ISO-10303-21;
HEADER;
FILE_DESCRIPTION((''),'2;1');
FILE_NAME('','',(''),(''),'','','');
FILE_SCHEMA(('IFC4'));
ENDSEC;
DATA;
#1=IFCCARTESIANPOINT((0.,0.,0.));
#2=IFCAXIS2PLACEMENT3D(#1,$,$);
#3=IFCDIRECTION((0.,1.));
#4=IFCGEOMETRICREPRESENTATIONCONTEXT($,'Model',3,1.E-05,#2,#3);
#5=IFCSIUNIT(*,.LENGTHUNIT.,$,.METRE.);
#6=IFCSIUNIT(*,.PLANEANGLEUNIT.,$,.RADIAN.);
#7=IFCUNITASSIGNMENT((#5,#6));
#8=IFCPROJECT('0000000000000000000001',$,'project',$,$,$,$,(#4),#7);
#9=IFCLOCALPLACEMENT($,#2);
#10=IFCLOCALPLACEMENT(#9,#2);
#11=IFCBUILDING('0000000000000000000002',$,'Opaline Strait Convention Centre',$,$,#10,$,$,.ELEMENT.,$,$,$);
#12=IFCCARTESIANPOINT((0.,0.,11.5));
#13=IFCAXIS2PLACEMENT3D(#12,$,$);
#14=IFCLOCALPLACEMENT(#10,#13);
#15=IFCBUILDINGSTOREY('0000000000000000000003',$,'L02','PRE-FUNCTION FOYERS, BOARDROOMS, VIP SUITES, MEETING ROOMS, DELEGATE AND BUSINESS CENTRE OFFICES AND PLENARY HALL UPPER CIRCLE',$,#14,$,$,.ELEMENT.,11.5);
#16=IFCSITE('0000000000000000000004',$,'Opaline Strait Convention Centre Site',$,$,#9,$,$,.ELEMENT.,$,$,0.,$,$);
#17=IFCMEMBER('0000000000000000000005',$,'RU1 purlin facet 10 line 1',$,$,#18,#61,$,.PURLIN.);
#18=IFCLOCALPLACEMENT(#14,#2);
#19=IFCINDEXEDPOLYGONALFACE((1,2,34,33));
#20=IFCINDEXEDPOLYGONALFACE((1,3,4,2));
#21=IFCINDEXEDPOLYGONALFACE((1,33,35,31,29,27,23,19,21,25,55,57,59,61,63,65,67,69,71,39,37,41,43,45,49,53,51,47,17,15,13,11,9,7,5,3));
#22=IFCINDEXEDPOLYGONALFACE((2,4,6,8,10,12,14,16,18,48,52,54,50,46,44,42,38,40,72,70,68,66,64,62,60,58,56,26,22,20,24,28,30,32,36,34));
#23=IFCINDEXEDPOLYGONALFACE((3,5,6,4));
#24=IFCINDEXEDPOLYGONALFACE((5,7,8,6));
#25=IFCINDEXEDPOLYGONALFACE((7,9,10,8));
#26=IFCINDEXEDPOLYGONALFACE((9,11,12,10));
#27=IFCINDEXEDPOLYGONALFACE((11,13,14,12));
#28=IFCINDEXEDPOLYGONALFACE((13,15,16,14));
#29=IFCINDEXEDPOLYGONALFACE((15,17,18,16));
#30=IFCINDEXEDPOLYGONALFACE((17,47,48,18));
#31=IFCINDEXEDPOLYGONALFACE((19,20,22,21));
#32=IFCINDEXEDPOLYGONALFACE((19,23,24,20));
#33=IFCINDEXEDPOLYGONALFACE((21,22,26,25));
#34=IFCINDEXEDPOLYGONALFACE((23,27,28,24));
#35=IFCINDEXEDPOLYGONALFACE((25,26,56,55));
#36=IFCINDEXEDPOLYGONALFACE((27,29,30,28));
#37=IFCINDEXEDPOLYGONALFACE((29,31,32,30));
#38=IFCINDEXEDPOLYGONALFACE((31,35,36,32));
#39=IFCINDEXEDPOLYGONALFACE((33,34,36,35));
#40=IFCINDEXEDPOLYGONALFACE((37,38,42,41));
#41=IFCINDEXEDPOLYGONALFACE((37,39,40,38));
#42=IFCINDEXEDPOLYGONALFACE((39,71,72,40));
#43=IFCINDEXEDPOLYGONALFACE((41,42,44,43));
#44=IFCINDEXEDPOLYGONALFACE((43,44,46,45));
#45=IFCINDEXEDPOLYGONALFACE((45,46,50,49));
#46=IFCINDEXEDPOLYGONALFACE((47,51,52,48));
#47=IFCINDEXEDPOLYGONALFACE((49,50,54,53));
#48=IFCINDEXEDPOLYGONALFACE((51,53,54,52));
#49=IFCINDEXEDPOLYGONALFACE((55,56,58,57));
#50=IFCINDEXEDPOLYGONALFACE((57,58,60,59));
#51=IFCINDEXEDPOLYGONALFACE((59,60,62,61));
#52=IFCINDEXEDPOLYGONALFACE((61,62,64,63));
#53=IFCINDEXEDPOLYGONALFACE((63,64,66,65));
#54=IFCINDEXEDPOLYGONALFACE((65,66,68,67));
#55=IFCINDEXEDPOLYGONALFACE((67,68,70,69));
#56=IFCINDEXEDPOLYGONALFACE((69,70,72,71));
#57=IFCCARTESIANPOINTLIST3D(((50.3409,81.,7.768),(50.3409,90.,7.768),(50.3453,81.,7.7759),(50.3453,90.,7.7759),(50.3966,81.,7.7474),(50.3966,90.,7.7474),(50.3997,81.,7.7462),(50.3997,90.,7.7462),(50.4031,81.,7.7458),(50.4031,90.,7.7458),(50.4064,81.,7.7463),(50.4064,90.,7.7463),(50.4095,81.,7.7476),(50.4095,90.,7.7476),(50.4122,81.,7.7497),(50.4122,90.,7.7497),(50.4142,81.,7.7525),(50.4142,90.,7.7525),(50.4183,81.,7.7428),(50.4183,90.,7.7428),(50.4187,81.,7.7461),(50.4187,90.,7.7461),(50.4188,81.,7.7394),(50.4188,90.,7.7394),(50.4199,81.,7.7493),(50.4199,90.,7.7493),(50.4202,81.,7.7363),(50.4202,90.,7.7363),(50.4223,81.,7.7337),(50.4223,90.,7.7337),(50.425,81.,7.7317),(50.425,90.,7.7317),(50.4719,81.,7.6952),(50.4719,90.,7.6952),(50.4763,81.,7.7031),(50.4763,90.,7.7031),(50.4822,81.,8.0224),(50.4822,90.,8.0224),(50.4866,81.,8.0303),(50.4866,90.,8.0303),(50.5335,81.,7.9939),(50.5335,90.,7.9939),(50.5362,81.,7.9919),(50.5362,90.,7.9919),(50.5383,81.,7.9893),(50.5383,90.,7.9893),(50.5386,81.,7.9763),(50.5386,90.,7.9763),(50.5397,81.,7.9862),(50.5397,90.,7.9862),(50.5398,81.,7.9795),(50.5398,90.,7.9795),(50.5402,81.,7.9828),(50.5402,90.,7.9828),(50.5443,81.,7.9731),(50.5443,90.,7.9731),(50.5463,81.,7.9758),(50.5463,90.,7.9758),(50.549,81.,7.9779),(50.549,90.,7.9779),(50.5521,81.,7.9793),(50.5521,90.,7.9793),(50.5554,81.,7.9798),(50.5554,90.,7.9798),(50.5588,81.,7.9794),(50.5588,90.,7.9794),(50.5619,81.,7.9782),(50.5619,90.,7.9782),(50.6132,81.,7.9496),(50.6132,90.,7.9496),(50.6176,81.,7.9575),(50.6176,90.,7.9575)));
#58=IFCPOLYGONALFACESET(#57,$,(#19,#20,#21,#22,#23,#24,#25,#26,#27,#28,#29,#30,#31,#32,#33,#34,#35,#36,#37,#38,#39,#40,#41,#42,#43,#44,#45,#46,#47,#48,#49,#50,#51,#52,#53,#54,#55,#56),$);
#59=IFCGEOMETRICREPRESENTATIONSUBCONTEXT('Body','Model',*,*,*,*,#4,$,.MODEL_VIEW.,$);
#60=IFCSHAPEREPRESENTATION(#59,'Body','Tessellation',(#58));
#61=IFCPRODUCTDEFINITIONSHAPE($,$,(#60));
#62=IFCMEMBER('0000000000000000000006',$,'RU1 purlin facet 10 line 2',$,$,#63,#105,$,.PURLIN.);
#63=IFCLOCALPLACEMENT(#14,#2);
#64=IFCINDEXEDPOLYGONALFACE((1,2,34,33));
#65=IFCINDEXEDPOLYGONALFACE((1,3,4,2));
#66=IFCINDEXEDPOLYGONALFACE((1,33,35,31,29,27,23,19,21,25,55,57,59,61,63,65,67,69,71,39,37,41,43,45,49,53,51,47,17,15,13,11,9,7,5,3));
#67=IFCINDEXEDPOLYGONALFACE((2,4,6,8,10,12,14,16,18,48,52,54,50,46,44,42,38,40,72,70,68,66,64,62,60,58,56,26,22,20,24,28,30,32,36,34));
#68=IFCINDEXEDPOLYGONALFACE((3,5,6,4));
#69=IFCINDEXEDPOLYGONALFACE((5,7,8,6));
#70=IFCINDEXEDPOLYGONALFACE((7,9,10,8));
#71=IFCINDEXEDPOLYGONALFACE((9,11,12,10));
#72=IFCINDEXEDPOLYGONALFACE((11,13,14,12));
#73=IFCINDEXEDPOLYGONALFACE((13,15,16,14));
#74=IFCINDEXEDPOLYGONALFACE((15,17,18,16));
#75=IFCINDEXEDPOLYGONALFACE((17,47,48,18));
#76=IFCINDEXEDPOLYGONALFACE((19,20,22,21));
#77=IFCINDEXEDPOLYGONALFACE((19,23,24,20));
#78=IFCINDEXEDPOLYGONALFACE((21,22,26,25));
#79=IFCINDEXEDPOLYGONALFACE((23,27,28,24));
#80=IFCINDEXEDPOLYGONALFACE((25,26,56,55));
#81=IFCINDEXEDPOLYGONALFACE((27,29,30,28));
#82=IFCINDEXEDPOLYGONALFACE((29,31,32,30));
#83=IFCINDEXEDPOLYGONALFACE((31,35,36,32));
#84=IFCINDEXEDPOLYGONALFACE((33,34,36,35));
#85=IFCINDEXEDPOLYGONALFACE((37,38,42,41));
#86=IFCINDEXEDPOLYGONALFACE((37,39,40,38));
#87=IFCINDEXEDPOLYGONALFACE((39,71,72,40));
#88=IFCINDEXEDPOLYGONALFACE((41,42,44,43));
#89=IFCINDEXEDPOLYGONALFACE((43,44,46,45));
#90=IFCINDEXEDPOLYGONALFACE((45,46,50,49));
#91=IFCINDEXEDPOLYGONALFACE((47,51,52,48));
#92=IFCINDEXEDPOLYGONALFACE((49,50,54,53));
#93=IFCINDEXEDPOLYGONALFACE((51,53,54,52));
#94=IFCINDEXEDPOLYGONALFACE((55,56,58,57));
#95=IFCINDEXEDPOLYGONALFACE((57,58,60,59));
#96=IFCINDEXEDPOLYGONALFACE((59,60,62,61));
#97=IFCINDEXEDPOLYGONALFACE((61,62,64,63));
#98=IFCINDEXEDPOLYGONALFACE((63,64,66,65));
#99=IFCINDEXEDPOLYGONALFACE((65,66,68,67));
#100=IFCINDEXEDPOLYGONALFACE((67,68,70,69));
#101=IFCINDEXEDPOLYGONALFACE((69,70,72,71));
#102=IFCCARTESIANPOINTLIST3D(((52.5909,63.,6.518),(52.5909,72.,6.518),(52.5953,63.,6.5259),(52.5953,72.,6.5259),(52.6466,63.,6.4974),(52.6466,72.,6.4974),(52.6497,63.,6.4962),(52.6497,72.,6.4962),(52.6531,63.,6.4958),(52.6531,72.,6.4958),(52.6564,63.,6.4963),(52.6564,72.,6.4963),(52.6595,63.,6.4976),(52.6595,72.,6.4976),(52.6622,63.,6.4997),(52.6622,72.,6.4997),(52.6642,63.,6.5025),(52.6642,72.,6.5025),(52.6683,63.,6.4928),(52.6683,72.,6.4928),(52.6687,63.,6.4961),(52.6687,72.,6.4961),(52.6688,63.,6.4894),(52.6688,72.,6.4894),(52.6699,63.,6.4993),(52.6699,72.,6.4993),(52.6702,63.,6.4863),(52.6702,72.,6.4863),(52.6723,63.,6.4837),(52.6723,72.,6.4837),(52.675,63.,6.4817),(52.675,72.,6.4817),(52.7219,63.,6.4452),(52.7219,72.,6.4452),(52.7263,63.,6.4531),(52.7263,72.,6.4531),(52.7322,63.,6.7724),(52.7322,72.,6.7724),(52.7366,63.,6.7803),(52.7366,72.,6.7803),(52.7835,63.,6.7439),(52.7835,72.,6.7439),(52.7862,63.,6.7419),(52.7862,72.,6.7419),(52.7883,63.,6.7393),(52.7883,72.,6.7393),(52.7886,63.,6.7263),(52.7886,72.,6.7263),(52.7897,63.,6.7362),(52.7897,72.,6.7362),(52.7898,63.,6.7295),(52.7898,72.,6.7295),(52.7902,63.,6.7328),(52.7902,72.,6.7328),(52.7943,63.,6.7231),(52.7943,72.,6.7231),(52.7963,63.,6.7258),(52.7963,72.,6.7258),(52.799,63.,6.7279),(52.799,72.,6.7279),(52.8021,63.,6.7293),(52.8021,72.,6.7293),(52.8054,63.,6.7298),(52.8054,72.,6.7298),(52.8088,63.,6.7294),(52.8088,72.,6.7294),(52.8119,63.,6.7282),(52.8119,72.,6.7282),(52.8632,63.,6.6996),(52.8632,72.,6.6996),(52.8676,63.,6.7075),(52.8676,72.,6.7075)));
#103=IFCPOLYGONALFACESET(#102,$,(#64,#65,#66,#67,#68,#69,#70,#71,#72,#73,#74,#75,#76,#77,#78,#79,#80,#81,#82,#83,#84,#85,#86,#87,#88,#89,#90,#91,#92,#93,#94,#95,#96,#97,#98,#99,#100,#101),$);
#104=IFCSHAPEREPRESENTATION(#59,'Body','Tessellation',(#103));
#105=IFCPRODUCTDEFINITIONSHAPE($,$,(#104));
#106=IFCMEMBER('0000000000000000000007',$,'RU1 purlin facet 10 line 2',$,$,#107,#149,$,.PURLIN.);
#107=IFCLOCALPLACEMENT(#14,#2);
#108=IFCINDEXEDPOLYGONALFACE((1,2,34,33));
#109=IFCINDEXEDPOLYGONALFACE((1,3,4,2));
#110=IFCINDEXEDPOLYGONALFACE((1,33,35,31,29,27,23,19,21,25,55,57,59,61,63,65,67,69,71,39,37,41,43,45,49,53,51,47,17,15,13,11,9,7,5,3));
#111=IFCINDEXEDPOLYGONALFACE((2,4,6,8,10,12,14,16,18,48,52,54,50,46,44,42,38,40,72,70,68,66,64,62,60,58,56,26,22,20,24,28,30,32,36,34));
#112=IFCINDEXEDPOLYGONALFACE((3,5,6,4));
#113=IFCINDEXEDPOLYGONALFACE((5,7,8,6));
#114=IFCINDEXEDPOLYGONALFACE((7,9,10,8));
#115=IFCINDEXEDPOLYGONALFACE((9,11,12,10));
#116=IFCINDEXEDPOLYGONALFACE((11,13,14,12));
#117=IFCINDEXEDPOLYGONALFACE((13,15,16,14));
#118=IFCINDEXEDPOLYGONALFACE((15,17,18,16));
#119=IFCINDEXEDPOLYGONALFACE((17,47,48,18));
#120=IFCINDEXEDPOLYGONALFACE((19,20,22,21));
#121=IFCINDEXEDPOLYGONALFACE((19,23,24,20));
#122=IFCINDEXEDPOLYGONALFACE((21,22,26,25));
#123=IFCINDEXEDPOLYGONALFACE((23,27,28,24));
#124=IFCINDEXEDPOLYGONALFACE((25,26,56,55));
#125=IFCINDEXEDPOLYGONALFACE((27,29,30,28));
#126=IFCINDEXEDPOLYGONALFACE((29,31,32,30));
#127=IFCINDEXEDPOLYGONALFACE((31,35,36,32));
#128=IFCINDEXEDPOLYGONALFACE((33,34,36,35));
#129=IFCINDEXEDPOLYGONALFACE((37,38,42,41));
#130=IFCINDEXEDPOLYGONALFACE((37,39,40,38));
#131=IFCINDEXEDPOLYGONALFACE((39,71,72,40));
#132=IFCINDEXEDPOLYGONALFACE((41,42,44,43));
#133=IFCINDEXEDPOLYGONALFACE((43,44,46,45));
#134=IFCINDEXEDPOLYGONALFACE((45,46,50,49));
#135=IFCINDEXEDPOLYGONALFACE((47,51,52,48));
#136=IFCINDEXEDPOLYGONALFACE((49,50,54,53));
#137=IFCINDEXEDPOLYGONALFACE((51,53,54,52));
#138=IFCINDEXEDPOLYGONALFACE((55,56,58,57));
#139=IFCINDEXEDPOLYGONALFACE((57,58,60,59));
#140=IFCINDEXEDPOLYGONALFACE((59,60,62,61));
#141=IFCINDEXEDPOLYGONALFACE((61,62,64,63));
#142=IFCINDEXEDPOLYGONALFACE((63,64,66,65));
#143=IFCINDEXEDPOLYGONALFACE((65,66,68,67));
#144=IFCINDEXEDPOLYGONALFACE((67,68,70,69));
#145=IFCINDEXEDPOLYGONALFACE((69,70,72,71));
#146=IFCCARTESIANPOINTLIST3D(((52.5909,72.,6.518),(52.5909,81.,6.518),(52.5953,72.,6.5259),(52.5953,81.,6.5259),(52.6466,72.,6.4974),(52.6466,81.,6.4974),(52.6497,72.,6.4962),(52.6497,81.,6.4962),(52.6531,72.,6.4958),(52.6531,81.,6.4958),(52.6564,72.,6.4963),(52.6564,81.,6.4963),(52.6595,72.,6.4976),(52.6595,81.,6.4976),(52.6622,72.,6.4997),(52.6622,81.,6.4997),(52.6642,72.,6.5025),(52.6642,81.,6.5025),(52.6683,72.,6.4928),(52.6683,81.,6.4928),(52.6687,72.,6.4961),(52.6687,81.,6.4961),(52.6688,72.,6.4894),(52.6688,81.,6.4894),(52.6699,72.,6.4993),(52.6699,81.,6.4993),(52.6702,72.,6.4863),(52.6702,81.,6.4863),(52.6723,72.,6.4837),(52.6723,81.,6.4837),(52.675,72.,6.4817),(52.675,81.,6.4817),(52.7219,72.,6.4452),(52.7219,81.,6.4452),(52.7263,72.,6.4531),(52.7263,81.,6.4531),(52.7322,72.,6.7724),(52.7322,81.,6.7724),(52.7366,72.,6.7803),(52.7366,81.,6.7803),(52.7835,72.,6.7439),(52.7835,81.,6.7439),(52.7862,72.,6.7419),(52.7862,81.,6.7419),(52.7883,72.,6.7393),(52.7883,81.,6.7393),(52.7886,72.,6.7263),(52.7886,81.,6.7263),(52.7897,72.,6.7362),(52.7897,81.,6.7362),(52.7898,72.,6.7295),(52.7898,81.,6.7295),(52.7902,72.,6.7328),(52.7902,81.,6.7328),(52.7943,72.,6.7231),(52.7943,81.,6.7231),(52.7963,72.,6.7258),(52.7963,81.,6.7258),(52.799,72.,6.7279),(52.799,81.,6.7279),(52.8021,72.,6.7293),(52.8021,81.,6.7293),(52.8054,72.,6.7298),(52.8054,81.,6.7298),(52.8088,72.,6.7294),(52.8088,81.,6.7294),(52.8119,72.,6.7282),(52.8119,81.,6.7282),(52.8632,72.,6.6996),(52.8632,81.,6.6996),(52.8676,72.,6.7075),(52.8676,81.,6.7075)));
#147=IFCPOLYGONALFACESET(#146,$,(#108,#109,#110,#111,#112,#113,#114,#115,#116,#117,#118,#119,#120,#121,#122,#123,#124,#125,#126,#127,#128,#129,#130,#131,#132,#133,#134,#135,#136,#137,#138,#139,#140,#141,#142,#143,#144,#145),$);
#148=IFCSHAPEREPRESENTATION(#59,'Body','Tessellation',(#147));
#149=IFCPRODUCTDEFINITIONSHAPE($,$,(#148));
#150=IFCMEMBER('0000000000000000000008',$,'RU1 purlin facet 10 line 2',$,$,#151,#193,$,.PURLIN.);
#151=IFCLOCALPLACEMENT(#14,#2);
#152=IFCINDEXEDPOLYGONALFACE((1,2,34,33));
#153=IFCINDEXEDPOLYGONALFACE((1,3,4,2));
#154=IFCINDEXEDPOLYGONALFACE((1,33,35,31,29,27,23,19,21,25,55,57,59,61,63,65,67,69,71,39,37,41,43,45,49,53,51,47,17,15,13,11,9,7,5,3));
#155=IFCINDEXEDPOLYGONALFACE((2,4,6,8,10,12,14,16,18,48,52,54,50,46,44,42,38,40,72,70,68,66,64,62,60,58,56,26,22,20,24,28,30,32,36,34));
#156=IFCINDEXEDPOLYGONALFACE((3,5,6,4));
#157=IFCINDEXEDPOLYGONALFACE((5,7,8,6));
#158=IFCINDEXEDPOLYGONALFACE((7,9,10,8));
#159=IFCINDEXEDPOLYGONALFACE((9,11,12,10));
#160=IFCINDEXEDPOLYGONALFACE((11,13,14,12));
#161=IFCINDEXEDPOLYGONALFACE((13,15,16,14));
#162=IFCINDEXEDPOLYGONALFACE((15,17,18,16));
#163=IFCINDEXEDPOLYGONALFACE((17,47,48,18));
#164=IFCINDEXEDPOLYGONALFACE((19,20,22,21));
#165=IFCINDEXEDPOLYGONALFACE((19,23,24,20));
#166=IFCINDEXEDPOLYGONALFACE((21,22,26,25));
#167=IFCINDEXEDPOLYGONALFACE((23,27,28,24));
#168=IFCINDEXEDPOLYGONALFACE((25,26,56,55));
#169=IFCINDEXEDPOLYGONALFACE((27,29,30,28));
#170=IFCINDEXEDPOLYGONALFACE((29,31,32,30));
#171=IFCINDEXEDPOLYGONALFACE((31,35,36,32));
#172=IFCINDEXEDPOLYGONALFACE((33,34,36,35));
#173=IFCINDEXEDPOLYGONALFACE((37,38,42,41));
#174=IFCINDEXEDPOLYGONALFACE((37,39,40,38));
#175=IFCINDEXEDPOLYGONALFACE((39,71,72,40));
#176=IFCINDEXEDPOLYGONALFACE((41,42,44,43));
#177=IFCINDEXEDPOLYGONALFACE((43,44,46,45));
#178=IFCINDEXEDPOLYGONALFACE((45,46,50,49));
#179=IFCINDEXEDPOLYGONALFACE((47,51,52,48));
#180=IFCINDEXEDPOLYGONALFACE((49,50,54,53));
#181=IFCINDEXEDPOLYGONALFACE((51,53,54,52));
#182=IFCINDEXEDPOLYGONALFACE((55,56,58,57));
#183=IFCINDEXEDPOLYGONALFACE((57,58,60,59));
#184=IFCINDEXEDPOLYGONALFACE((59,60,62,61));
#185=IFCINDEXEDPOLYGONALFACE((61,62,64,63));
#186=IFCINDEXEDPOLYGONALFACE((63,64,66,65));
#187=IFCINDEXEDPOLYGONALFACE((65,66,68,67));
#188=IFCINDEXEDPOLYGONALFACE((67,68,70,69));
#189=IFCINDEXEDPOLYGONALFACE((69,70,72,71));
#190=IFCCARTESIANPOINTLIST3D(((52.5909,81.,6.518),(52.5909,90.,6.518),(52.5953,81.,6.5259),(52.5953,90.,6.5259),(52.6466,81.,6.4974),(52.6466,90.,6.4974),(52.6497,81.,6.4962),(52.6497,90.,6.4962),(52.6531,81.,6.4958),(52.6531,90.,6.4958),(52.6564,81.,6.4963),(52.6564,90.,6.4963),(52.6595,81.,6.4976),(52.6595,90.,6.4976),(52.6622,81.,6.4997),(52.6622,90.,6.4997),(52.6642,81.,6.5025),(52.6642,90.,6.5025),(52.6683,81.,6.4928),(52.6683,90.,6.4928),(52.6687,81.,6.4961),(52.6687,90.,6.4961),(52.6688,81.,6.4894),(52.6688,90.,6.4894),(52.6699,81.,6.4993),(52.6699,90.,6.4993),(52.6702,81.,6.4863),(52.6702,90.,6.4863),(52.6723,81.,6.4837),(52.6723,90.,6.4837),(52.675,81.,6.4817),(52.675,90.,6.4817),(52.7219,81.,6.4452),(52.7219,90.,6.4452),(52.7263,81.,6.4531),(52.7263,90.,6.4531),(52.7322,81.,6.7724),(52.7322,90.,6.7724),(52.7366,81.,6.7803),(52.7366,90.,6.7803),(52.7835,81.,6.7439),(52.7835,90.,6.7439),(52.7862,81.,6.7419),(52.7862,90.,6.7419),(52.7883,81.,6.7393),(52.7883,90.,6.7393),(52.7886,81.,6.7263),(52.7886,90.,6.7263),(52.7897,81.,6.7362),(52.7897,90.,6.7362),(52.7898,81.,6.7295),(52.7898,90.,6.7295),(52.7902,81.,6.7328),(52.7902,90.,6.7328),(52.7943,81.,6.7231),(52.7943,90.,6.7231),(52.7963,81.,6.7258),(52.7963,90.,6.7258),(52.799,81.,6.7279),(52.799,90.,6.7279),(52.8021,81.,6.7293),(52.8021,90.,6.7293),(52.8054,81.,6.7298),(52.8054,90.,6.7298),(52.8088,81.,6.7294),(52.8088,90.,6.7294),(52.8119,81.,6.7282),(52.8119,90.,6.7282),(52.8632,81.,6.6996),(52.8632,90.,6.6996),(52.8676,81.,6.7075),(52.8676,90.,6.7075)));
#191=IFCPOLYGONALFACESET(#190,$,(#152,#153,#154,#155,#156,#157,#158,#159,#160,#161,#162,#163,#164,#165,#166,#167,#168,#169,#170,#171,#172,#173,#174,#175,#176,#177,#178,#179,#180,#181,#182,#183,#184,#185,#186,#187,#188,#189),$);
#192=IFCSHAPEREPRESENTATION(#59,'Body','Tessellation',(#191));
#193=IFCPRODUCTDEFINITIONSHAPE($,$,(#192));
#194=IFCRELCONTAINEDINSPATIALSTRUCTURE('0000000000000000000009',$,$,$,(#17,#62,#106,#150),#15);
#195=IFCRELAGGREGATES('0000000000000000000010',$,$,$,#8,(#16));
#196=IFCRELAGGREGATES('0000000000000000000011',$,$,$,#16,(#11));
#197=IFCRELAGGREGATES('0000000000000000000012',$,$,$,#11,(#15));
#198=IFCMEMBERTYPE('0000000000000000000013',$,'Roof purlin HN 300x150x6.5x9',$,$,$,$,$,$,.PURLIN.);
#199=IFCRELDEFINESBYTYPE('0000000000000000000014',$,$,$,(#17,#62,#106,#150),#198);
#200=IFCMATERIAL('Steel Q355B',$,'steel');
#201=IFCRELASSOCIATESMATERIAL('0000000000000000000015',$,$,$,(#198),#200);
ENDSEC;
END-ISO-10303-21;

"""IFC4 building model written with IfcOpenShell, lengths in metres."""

from ifc_helpers import new_model, si_unit, direction, frame, origin, origin_2d, place, context, subcontext, project, spatial, i_section, extrude, material, material_profile, profile_set, type_object, element, save


model = new_model("IFC4")

# Units and contexts
model_context = context("Model", 3, precision=1e-05, world=origin(), true_north=direction((0.0, 1.0)))
body_context = subcontext(model_context, "Body", "Model", "MODEL_VIEW")
ifc_project = project(units=[si_unit("LENGTHUNIT", "METRE"), si_unit("PLANEANGLEUNIT", "RADIAN")], contexts=[model_context])

# Site, building, storey
site_placement = place(None, origin())
site = spatial("IfcSite", under=ifc_project, at=site_placement, Name="Opaline Strait Convention Centre Site", CompositionType="ELEMENT", RefElevation=0.0)
building_placement = place(site_placement, origin())
building = spatial("IfcBuilding", under=site, at=building_placement, Name="Opaline Strait Convention Centre", CompositionType="ELEMENT")
storey_placement = place(building_placement, frame((0.0, 0.0, 11.5)))
storey = spatial("IfcBuildingStorey", under=building, at=storey_placement, Name="L02", Description="PRE-FUNCTION FOYERS, BOARDROOMS, VIP SUITES, MEETING ROOMS, DELEGATE AND BUSINESS CENTRE OFFICES AND PLENARY HALL UPPER CIRCLE", CompositionType="ELEMENT", Elevation=11.5)

# Shared definitions
ifc_material_1 = material(Name="Steel Q355B", Category="steel")

# Members
ifc_material_profile_1 = material_profile(ifc_material_1, i_section(OverallWidth=0.1499, OverallDepth=0.3, WebThickness=0.0066, FlangeThickness=0.009, FilletRadius=0.0129, at=origin_2d()), Name="HN 300x150x6.5x9")
ifc_profile_set_1 = profile_set([ifc_material_profile_1], Name="Steel Q355B")
member_type_1 = type_object("IfcMemberType", Name="Roof purlin HN 300x150x6.5x9", PredefinedType="PURLIN", material=ifc_profile_set_1)
for number, where, z_axis, x_axis, name in (
    (1, (50.4792, 81.0, 7.8628), (0.0, 1.0, 0.0), (-0.874157, 0.0, 0.485643), "RU1 purlin facet 10 line 1"),
    (2, (52.7292, 63.0, 6.6128), (0.0, 1.0, 0.0), (-0.874157, 0.0, 0.485643), "RU1 purlin facet 10 line 2"),
    (3, (52.7292, 72.0, 6.6128), (0.0, 1.0, 0.0), (-0.874157, 0.0, 0.485643), "RU1 purlin facet 10 line 2"),
    (4, (52.7292, 81.0, 6.6128), (0.0, 1.0, 0.0), (-0.874157, 0.0, 0.485643), "RU1 purlin facet 10 line 2"),
):
    element("IfcMember", number, at=place(storey_placement, frame(where, z_axis=z_axis, x_axis=x_axis)), inside=storey, type_object=member_type_1, Name=name, PredefinedType="PURLIN", context=body_context, shape_type="SweptSolid", body=[
        extrude(i_section(OverallWidth=0.1499, OverallDepth=0.3, WebThickness=0.0066, FlangeThickness=0.009, FilletRadius=0.0129, at=origin_2d()), origin(), (0.0, 0.0, 1.0), 9.0),
    ])

save(model, "model.ifc")
